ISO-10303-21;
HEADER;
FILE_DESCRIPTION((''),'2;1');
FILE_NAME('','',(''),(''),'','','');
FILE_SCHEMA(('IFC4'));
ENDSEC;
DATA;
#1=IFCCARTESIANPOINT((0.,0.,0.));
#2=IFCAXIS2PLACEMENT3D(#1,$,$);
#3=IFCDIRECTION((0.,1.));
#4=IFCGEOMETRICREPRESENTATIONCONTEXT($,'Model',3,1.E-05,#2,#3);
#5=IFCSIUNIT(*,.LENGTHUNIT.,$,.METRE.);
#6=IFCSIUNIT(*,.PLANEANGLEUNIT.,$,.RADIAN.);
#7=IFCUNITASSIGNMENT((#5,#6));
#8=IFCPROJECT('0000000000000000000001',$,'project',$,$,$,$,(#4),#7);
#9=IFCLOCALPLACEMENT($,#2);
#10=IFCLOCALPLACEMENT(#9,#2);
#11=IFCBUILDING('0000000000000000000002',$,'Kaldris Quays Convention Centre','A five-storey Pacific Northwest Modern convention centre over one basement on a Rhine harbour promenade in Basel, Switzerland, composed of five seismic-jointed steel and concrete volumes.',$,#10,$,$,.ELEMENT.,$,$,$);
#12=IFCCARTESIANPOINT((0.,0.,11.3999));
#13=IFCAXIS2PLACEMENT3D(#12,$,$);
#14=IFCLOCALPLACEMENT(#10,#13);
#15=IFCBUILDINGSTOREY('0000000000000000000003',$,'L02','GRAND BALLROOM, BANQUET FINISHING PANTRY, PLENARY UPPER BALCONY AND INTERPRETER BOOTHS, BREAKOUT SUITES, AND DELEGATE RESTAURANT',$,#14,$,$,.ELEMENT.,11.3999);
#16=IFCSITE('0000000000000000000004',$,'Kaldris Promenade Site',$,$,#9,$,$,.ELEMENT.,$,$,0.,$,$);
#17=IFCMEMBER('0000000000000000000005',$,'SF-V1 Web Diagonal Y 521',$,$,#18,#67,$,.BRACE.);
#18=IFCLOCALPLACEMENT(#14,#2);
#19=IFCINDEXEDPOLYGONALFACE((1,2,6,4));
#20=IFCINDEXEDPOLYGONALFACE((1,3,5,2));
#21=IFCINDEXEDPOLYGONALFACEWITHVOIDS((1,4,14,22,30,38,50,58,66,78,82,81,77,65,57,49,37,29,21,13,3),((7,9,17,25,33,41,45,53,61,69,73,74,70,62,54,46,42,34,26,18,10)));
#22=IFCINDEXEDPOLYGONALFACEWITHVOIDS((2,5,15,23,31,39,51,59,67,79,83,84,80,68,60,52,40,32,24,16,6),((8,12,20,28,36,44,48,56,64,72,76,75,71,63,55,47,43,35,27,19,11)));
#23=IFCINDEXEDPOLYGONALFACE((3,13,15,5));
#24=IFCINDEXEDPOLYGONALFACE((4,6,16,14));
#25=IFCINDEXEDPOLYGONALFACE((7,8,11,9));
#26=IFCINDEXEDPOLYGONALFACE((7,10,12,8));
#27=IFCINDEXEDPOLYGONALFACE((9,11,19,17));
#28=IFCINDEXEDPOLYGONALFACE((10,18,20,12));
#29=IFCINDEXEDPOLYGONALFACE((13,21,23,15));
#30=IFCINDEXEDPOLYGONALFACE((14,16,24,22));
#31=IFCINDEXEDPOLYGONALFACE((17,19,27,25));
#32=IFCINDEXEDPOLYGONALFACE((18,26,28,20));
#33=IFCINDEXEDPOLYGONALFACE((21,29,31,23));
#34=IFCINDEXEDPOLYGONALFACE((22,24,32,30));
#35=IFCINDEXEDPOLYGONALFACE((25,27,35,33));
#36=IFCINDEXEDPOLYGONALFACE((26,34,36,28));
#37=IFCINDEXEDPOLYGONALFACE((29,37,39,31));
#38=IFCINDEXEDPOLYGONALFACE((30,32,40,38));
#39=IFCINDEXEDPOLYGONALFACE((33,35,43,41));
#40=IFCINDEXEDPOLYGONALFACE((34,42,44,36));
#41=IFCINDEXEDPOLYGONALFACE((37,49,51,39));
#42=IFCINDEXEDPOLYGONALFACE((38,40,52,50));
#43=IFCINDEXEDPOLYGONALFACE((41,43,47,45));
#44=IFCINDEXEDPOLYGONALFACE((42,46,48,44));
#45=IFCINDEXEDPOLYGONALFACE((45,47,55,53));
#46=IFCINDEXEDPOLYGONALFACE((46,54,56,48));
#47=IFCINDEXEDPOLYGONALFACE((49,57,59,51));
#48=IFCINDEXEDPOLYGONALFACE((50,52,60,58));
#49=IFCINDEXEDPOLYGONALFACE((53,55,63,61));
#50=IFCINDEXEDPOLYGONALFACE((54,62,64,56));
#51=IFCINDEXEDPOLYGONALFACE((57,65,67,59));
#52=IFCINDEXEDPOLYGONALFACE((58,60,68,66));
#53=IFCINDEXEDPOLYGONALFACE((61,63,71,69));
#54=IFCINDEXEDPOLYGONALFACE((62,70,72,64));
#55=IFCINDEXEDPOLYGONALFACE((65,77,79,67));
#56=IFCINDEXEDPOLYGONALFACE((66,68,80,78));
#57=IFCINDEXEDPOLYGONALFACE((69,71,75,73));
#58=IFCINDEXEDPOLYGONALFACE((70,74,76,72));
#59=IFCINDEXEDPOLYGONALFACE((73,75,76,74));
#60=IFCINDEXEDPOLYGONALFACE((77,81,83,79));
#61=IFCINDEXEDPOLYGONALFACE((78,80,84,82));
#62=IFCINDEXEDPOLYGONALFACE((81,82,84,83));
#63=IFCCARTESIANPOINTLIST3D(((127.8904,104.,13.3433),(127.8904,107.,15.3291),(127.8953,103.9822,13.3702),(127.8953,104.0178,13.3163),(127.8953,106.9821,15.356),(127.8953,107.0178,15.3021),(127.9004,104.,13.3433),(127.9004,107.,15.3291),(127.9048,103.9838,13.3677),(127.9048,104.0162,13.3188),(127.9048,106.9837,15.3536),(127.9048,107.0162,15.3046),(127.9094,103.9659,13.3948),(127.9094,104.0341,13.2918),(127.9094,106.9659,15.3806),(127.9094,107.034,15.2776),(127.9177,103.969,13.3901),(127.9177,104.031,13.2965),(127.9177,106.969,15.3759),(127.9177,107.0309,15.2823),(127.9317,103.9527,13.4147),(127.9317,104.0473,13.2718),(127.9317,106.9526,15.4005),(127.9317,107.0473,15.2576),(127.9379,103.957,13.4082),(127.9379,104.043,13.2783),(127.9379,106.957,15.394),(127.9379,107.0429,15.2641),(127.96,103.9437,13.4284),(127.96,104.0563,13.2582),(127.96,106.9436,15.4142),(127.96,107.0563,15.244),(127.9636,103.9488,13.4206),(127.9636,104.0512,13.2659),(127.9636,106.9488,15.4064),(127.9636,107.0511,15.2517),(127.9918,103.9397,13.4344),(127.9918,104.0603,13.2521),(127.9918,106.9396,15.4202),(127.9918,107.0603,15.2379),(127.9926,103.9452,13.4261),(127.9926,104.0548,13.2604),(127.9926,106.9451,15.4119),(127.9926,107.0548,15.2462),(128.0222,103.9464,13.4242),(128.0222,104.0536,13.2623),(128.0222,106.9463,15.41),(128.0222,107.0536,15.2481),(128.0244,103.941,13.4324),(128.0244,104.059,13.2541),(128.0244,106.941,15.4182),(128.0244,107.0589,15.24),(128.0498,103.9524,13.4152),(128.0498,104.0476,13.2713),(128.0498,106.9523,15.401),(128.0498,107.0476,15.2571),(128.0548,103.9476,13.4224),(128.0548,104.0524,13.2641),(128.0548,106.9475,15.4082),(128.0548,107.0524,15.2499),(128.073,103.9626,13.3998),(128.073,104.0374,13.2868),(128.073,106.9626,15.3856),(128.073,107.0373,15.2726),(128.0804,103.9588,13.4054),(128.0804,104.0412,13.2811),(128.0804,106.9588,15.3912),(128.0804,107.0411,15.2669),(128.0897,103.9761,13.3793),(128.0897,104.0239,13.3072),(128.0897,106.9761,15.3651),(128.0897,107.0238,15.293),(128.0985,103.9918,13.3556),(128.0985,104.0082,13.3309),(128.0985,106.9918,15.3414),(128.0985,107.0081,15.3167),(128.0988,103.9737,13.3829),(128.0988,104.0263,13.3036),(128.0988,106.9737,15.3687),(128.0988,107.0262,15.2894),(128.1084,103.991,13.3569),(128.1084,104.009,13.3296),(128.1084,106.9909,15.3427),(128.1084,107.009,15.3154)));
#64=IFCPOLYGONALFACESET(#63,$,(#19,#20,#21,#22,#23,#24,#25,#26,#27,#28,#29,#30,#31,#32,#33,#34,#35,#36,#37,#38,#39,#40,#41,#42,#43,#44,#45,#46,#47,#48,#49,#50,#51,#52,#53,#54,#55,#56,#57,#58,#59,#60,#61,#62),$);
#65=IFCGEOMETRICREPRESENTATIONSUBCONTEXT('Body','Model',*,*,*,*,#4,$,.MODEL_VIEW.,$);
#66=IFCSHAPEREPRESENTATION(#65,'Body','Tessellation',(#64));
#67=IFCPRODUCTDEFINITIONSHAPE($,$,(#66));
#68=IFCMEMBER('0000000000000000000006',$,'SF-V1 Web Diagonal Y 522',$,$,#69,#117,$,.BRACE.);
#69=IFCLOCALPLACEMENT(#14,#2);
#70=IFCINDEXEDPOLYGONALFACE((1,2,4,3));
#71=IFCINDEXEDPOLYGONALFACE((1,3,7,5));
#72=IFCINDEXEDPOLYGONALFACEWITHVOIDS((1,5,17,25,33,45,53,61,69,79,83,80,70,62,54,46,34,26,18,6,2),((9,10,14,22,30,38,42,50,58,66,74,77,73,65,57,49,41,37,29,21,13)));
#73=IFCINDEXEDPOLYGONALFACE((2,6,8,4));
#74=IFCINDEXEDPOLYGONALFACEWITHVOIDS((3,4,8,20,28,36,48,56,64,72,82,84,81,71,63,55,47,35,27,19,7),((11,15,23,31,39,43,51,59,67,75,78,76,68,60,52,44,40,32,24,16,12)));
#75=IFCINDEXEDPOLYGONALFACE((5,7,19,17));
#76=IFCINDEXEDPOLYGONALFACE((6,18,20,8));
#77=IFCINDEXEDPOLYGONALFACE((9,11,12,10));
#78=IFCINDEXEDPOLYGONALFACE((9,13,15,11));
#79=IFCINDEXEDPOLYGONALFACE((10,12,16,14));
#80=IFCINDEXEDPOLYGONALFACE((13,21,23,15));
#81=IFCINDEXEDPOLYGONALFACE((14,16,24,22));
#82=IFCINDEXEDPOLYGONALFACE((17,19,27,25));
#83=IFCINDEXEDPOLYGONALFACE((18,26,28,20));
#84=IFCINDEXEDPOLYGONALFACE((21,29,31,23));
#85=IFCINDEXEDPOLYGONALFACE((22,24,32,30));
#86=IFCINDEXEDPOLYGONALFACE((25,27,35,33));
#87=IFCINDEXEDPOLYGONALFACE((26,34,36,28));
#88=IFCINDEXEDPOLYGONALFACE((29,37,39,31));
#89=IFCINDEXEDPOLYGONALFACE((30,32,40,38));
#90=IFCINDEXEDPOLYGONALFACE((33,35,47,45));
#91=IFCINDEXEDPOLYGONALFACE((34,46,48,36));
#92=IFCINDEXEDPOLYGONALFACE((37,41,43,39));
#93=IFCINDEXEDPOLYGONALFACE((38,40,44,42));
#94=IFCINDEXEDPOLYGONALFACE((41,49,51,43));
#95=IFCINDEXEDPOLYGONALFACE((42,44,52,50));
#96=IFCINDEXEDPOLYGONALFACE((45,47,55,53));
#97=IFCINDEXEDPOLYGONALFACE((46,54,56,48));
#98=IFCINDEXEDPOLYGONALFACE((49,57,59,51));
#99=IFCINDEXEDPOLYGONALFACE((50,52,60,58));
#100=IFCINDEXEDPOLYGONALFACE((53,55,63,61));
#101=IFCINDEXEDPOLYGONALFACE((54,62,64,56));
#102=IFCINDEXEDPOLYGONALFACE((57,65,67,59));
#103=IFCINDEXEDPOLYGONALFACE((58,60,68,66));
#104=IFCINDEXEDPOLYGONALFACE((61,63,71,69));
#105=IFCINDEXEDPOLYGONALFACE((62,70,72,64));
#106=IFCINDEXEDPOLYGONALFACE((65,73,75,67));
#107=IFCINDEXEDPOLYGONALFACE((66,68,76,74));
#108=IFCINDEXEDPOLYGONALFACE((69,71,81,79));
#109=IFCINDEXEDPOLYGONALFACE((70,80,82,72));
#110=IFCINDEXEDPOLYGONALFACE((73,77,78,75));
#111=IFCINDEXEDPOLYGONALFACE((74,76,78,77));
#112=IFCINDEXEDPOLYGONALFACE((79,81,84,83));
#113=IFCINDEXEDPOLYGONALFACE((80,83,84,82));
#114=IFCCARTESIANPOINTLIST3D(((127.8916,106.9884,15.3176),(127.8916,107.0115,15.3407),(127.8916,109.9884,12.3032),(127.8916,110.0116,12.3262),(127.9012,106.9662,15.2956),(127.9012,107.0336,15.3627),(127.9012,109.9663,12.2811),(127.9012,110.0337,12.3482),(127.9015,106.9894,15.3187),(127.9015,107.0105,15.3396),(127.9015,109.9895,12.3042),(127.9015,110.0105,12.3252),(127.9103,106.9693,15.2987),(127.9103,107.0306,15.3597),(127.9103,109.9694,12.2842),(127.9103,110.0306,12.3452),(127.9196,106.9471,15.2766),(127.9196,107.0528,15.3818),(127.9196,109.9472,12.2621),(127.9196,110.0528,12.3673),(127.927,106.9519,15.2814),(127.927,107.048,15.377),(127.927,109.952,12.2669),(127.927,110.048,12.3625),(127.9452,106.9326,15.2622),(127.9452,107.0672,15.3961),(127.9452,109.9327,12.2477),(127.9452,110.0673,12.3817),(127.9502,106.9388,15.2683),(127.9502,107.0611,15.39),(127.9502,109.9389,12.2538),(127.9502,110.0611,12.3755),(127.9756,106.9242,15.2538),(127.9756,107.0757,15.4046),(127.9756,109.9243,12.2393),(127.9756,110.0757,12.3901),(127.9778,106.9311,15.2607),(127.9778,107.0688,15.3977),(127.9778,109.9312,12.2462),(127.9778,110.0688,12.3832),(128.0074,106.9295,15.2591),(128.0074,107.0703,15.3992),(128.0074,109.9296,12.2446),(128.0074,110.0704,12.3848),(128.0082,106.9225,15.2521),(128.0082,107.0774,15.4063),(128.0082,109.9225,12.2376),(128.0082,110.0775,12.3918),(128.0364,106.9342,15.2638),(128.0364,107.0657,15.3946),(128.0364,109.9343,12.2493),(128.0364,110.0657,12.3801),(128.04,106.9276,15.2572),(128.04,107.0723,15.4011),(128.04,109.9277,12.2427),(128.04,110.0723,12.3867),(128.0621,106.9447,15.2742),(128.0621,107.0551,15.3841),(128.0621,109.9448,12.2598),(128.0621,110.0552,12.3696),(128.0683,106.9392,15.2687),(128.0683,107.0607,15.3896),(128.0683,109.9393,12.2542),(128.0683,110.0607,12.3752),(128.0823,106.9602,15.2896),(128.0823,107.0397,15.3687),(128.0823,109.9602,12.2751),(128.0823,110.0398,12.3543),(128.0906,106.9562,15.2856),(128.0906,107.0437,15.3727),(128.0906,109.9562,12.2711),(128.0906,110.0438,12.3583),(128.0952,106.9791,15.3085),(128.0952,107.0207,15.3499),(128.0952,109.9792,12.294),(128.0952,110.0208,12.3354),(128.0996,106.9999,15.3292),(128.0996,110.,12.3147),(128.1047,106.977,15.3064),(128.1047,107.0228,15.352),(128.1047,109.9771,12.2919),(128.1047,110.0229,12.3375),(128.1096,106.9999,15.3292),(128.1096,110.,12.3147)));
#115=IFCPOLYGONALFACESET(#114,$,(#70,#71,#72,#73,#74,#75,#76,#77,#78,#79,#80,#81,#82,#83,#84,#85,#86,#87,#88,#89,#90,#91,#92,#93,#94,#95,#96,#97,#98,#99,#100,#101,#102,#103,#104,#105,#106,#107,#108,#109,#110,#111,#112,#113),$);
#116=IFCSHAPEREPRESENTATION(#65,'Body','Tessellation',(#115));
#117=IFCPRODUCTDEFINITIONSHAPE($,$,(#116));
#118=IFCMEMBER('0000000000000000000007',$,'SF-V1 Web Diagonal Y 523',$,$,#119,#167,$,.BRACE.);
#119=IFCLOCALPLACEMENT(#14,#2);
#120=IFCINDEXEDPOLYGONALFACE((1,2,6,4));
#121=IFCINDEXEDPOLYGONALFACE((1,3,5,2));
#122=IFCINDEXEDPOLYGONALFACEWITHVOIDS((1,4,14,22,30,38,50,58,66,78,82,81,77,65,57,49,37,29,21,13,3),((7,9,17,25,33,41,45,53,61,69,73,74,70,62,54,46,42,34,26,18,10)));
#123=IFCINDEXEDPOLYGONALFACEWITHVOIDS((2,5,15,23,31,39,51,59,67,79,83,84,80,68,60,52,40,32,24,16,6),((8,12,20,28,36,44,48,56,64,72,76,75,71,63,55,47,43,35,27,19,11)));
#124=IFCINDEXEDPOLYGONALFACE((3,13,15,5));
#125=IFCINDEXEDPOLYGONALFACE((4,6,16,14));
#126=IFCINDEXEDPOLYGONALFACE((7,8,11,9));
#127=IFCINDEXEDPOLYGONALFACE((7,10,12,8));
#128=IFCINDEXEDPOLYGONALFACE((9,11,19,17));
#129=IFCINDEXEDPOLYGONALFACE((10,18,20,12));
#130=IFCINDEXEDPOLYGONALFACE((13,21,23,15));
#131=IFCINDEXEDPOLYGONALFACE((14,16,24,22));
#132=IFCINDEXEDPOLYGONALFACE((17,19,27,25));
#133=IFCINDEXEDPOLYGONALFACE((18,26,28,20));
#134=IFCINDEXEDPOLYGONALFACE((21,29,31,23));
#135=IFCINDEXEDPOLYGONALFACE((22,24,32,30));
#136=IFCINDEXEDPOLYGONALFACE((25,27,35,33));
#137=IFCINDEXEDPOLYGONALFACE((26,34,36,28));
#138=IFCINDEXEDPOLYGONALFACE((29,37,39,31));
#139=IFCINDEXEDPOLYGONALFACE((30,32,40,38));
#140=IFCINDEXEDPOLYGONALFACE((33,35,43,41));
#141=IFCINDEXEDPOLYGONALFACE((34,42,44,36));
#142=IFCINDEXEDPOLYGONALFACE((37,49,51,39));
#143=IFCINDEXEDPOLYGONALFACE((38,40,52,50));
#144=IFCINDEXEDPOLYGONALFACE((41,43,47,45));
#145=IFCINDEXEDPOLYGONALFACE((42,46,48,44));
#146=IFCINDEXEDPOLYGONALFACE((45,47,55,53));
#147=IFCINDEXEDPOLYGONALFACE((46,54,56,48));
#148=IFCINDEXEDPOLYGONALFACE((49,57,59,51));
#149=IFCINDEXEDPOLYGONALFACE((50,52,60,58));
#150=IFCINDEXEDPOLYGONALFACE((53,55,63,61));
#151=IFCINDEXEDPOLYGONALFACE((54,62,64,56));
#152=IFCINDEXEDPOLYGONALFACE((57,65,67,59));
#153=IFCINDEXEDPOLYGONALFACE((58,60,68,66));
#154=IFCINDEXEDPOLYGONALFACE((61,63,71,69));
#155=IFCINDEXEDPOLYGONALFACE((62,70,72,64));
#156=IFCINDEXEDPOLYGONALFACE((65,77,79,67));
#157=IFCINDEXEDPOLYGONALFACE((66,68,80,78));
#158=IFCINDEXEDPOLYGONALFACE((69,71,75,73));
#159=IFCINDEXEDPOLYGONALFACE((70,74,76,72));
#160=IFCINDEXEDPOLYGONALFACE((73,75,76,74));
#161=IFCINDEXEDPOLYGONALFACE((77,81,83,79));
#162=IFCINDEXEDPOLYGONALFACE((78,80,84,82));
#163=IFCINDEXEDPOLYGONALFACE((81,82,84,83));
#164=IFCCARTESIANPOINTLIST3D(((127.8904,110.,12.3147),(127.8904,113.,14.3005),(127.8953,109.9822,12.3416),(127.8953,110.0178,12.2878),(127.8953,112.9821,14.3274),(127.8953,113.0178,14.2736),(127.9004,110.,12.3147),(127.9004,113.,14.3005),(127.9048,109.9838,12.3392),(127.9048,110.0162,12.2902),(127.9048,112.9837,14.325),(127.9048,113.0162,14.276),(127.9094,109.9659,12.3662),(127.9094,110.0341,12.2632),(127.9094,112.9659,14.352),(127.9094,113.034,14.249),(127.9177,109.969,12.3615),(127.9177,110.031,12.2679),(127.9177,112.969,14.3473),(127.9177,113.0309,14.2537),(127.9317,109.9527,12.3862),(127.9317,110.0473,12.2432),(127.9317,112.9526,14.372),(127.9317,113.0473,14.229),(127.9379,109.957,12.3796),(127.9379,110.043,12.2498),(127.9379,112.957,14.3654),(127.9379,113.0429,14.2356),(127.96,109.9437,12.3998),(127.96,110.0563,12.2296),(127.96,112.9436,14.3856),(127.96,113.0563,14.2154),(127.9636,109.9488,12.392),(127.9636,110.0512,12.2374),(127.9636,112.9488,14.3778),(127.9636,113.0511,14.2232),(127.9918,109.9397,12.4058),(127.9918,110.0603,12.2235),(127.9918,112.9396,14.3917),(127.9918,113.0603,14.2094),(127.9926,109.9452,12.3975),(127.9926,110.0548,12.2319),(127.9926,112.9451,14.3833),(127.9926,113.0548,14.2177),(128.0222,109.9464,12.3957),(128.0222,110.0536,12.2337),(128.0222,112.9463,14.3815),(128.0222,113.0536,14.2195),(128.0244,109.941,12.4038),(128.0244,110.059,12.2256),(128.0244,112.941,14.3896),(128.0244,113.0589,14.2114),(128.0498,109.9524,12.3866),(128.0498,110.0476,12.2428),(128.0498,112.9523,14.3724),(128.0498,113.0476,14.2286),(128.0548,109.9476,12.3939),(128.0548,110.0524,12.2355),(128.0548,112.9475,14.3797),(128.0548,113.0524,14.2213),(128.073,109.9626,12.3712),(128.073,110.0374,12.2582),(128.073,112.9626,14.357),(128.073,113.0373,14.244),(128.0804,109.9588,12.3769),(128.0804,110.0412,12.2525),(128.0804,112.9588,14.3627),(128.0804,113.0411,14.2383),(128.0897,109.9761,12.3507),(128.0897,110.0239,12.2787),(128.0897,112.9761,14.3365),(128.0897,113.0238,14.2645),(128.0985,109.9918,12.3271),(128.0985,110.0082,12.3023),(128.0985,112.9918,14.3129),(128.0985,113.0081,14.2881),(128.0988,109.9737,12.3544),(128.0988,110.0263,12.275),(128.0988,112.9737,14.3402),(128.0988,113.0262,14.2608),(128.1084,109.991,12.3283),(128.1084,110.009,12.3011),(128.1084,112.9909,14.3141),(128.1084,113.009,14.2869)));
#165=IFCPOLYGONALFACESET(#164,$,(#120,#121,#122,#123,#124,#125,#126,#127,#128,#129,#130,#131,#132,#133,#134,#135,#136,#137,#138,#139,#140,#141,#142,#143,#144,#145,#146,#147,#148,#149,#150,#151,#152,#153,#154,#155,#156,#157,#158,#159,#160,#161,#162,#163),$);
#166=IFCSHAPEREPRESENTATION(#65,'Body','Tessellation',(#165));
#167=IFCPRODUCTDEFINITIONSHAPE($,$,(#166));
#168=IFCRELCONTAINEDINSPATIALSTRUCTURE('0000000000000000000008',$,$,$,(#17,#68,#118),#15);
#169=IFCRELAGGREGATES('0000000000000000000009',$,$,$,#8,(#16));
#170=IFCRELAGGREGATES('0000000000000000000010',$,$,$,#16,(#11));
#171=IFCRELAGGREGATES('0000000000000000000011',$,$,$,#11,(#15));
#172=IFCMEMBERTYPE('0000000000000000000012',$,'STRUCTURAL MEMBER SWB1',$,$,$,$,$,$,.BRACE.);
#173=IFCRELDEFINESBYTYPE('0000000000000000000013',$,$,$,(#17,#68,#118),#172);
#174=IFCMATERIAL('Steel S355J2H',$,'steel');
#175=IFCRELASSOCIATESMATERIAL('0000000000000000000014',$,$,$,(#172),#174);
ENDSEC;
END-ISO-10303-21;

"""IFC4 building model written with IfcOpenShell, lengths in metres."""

from ifc_helpers import new_model, si_unit, direction, frame, origin, origin_2d, place, context, subcontext, project, spatial, hollow_circle, extrude, material, material_profile, profile_set, type_object, element, save


model = new_model("IFC4")

# Units and contexts
model_context = context("Model", 3, precision=1e-05, world=origin(), true_north=direction((0.0, 1.0)))
body_context = subcontext(model_context, "Body", "Model", "MODEL_VIEW")
ifc_project = project(units=[si_unit("LENGTHUNIT", "METRE"), si_unit("PLANEANGLEUNIT", "RADIAN")], contexts=[model_context])

# Site, building, storey
site_placement = place(None, origin())
site = spatial("IfcSite", under=ifc_project, at=site_placement, Name="Kaldris Promenade Site", CompositionType="ELEMENT", RefElevation=0.0)
building_placement = place(site_placement, origin())
building = spatial("IfcBuilding", under=site, at=building_placement, Name="Kaldris Quays Convention Centre", Description="A five-storey Pacific Northwest Modern convention centre over one basement on a Rhine harbour promenade in Basel, Switzerland, composed of five seismic-jointed steel and concrete volumes.", CompositionType="ELEMENT")
storey_placement = place(building_placement, frame((0.0, 0.0, 11.3999)))
storey = spatial("IfcBuildingStorey", under=building, at=storey_placement, Name="L02", Description="GRAND BALLROOM, BANQUET FINISHING PANTRY, PLENARY UPPER BALCONY AND INTERPRETER BOOTHS, BREAKOUT SUITES, AND DELEGATE RESTAURANT", CompositionType="ELEMENT", Elevation=11.3999)

# Members
ifc_material_1 = material(Name="Steel S355J2H", Category="steel")
ifc_material_profile_1 = material_profile(ifc_material_1, hollow_circle(Radius=0.1096, WallThickness=0.01, at=origin_2d()), Name="CHS 219.1x10")
ifc_profile_set_1 = profile_set([ifc_material_profile_1], Name="Steel S355J2H")
member_type_1 = type_object("IfcMemberType", Name="STRUCTURAL MEMBER SWB1", PredefinedType="BRACE", material=ifc_profile_set_1)
member_1_placement = place(storey_placement, frame((128.0, 104.0, 13.3433), z_axis=(0.0, 0.833862, 0.551972), x_axis=(-1.0, 0.0, 0.0)))
element("IfcMember", 1, at=member_1_placement, inside=storey, type_object=member_type_1, Name="SF-V1 Web Diagonal Y 521", PredefinedType="BRACE", context=body_context, shape_type="SweptSolid", body=[
    extrude(hollow_circle(Radius=0.1096, WallThickness=0.01, at=origin_2d()), origin(), (0.0, 0.0, 1.0), 3.5977),
])
member_2_placement = place(storey_placement, frame((128.0, 110.0, 12.3147), z_axis=(0.0, -0.705411, 0.708798), x_axis=(1.0, 0.0, 0.0)))
element("IfcMember", 2, at=member_2_placement, inside=storey, type_object=member_type_1, Name="SF-V1 Web Diagonal Y 522", PredefinedType="BRACE", context=body_context, shape_type="SweptSolid", body=[
    extrude(hollow_circle(Radius=0.1096, WallThickness=0.01, at=origin_2d()), origin(), (0.0, 0.0, 1.0), 4.2529),
])
member_3_placement = place(storey_placement, frame((128.0, 110.0, 12.3147), z_axis=(0.0, 0.833862, 0.551972), x_axis=(-1.0, 0.0, 0.0)))
element("IfcMember", 3, at=member_3_placement, inside=storey, type_object=member_type_1, Name="SF-V1 Web Diagonal Y 523", PredefinedType="BRACE", context=body_context, shape_type="SweptSolid", body=[
    extrude(hollow_circle(Radius=0.1096, WallThickness=0.01, at=origin_2d()), origin(), (0.0, 0.0, 1.0), 3.5977),
])

save(model, "model.ifc")
